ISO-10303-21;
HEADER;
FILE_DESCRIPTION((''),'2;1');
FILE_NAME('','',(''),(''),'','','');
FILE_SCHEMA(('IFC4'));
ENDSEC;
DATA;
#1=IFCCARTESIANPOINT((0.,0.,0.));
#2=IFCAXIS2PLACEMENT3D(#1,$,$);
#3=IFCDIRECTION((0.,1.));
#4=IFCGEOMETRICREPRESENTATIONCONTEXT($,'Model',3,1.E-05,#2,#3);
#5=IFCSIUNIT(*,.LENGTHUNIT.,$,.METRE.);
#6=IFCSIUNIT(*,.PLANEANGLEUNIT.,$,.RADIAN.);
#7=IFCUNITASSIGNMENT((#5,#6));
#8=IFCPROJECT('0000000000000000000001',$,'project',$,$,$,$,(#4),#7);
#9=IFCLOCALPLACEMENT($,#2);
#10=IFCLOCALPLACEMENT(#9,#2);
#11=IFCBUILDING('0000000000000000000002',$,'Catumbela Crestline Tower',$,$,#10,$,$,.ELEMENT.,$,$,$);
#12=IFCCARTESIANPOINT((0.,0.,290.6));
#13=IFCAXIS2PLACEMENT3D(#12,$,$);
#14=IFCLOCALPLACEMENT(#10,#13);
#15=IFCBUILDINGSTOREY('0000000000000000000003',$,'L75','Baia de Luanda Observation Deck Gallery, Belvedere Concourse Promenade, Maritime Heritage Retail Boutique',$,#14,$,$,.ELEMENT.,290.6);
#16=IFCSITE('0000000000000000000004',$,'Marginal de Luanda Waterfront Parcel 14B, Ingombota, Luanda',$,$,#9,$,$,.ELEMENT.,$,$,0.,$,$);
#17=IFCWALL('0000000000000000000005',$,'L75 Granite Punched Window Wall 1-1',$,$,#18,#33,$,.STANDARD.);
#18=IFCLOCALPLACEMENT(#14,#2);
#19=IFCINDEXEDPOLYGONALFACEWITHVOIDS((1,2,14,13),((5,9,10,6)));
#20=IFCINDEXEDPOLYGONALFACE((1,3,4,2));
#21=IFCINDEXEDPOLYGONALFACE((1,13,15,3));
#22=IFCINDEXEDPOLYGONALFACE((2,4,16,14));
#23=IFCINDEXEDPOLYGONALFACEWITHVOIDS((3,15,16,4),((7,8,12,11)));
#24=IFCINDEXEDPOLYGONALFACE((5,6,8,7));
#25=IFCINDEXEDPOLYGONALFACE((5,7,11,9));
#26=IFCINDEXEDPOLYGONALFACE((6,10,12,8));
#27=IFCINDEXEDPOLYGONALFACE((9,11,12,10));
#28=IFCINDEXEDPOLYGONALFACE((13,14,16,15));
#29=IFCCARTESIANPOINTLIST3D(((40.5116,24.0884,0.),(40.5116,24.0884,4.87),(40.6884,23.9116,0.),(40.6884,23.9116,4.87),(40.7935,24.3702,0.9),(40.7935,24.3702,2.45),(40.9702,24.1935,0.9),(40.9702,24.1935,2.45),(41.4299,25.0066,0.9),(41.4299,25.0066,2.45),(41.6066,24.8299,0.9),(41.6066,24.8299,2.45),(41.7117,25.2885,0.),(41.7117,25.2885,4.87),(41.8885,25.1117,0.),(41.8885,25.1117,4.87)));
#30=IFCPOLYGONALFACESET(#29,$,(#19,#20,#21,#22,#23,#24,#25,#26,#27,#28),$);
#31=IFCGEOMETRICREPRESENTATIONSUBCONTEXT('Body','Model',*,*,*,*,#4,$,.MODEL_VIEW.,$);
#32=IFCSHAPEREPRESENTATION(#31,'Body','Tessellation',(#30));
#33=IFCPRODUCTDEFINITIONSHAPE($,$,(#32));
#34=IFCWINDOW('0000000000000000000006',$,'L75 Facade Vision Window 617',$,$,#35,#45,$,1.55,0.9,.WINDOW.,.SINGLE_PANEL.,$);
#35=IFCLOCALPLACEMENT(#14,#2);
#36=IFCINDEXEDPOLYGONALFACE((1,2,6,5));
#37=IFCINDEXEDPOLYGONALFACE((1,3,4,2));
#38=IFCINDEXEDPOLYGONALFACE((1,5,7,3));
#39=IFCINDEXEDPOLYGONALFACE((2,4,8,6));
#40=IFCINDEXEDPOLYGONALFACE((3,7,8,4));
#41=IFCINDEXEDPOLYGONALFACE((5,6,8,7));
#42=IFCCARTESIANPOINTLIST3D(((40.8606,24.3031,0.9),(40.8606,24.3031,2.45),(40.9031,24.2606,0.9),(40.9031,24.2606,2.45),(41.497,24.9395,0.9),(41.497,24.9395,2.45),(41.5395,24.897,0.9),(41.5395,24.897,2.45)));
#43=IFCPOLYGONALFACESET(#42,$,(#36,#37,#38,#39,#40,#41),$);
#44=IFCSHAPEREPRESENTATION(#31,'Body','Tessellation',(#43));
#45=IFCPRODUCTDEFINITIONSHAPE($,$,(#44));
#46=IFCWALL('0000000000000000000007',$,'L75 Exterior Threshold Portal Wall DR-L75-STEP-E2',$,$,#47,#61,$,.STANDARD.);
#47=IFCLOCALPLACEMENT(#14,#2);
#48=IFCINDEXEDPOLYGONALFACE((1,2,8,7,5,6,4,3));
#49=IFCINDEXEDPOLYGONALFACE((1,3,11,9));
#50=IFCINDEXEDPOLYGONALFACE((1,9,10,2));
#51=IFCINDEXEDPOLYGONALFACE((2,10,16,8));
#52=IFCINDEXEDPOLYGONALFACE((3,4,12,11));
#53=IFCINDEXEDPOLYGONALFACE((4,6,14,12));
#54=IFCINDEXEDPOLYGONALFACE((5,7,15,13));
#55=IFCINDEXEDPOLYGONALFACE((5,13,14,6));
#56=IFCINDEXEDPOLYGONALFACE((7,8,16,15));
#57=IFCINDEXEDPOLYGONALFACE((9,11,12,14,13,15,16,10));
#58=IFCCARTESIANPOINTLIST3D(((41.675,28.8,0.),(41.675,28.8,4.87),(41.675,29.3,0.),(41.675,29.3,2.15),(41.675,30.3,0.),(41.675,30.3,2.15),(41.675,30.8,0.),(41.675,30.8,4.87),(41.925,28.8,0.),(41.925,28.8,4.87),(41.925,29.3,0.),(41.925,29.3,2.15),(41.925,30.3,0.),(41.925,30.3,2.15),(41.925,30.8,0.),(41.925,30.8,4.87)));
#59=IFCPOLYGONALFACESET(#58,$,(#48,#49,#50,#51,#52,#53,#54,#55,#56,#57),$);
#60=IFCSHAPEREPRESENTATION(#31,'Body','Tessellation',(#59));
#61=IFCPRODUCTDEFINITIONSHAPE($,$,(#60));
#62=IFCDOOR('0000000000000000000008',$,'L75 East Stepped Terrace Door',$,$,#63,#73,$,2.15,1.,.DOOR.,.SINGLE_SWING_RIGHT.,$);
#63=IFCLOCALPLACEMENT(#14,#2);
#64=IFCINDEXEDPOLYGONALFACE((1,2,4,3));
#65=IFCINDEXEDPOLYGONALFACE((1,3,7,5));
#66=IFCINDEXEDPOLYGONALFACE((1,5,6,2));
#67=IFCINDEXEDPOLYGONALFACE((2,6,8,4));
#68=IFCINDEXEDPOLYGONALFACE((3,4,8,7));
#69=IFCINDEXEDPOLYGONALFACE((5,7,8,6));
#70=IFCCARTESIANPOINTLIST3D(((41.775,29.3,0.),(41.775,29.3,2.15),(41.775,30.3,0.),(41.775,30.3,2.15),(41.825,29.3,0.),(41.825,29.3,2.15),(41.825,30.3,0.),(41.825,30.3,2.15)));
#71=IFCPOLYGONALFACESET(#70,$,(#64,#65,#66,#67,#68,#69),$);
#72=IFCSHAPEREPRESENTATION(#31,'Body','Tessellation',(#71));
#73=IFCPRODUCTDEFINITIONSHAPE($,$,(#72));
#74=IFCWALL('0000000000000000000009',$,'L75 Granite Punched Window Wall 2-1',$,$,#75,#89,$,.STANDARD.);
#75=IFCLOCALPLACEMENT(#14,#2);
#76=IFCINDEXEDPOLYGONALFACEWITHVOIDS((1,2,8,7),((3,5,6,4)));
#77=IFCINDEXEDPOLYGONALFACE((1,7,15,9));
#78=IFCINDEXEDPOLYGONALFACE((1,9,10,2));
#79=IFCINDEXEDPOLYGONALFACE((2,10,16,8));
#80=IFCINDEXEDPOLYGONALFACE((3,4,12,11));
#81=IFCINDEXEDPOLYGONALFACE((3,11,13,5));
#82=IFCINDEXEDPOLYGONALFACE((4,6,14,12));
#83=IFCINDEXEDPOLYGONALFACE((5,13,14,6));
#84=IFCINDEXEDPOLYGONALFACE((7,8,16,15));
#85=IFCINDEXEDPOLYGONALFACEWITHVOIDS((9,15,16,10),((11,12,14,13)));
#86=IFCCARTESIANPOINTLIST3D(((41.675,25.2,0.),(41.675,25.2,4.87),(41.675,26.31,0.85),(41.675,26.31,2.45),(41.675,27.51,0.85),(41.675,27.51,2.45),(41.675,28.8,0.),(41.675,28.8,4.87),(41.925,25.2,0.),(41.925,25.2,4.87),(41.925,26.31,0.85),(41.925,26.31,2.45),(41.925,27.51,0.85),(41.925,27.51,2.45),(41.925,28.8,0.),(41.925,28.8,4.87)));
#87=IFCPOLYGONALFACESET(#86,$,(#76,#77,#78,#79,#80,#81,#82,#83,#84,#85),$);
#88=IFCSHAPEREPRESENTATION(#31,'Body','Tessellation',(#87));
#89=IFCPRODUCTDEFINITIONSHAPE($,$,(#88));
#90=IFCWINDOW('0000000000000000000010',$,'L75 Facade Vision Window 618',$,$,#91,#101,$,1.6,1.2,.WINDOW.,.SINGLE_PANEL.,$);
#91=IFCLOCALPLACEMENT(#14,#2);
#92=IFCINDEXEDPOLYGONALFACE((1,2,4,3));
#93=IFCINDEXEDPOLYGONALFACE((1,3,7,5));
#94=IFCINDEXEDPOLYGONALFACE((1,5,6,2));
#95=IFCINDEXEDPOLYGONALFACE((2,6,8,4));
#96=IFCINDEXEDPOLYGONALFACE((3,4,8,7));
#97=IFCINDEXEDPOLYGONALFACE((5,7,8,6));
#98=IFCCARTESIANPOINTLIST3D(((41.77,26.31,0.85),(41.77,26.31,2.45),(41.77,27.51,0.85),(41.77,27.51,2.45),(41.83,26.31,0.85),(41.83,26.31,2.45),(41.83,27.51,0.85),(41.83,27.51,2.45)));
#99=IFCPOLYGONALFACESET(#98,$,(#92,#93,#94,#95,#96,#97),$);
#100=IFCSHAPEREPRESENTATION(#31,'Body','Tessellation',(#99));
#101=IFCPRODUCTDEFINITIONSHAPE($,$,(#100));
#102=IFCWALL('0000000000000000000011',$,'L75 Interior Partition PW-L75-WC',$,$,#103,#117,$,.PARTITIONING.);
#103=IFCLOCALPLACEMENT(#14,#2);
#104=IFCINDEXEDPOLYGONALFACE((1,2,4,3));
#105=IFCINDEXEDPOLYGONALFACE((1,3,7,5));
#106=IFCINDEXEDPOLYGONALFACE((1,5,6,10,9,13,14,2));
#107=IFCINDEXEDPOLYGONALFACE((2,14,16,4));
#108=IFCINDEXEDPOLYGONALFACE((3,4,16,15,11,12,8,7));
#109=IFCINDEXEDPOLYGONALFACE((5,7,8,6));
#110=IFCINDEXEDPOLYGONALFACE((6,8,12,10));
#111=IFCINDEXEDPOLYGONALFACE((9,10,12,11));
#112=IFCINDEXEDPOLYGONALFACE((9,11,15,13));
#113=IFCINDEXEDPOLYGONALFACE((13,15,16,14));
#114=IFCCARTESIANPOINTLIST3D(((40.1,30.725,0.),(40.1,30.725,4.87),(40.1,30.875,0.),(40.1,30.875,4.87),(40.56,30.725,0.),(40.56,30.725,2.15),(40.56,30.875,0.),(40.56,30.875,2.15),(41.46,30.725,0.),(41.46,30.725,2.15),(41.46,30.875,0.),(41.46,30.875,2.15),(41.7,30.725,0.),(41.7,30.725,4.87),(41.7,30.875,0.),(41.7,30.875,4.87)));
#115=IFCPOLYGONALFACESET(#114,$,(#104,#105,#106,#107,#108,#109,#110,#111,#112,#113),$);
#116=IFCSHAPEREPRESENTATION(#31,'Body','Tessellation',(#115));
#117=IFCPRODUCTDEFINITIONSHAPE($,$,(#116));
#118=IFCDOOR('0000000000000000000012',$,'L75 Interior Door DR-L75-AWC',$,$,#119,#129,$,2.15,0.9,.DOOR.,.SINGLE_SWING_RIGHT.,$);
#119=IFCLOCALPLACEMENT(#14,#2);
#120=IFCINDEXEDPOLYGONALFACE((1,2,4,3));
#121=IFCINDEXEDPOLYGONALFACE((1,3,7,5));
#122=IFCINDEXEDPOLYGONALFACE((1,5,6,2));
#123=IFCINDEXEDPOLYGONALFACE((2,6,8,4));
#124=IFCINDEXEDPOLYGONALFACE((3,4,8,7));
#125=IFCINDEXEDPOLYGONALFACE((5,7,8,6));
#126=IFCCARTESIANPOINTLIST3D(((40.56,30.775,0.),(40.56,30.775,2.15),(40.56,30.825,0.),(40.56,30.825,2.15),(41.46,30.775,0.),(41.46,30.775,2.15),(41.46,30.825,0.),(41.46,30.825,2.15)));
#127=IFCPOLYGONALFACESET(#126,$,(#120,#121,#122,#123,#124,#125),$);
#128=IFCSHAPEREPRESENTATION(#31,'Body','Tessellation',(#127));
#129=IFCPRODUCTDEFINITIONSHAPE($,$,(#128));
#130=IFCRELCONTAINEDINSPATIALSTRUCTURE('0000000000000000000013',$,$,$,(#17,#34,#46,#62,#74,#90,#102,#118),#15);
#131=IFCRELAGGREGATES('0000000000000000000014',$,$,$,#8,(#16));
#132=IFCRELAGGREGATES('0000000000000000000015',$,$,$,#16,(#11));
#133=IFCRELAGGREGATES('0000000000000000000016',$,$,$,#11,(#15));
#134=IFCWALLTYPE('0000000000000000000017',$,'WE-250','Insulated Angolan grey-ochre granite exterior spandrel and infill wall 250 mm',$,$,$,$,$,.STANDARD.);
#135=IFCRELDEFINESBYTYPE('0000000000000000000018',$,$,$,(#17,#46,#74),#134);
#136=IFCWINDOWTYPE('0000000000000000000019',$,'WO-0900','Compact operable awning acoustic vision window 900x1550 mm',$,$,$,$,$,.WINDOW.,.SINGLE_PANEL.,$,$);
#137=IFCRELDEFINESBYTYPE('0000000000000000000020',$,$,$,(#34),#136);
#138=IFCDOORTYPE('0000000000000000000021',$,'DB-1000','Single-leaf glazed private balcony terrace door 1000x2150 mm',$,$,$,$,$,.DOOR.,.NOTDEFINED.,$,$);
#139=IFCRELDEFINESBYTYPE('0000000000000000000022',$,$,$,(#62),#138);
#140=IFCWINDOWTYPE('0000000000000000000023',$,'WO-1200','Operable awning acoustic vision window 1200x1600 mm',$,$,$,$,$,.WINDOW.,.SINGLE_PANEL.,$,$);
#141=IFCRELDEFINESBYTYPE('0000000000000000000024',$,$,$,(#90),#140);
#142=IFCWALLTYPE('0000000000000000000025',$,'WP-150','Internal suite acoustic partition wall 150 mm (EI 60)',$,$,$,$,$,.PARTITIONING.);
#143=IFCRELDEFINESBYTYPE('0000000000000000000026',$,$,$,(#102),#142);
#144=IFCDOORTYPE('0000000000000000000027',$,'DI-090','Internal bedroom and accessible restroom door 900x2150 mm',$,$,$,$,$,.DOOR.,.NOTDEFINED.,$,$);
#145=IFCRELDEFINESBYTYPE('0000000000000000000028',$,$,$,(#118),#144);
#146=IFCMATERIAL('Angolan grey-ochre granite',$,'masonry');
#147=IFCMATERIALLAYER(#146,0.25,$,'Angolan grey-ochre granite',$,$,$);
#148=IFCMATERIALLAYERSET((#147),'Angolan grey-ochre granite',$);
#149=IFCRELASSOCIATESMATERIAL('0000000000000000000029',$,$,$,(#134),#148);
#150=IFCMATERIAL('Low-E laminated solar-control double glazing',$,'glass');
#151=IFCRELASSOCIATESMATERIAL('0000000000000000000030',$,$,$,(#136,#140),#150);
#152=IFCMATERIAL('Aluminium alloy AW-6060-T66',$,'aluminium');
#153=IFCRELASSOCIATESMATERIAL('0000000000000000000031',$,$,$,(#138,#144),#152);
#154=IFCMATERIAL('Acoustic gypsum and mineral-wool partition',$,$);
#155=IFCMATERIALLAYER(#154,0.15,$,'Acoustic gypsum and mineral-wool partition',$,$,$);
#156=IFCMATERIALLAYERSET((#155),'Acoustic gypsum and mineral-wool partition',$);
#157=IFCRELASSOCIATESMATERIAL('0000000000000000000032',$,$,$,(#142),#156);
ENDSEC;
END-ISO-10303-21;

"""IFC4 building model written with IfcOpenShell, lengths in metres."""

from ifc_helpers import new_model, si_unit, direction, frame, frame_2d, origin, place, context, subcontext, project, spatial, rectangle, extrude, material, layer, layer_set, type_object, element, fill, save


model = new_model("IFC4")

# Units and contexts
model_context = context("Model", 3, precision=1e-05, world=origin(), true_north=direction((0.0, 1.0)))
body_context = subcontext(model_context, "Body", "Model", "MODEL_VIEW")
ifc_project = project(units=[si_unit("LENGTHUNIT", "METRE"), si_unit("PLANEANGLEUNIT", "RADIAN")], contexts=[model_context])

# Site, building, storey
site_placement = place(None, origin())
site = spatial("IfcSite", under=ifc_project, at=site_placement, Name="Marginal de Luanda Waterfront Parcel 14B, Ingombota, Luanda", CompositionType="ELEMENT", RefElevation=0.0)
building_placement = place(site_placement, origin())
building = spatial("IfcBuilding", under=site, at=building_placement, Name="Catumbela Crestline Tower", CompositionType="ELEMENT")
storey_placement = place(building_placement, frame((0.0, 0.0, 290.6)))
storey = spatial("IfcBuildingStorey", under=building, at=storey_placement, Name="L75", Description="Baia de Luanda Observation Deck Gallery, Belvedere Concourse Promenade, Maritime Heritage Retail Boutique", CompositionType="ELEMENT", Elevation=290.6)

# Shared definitions
ifc_material_1 = material(Name="Aluminium alloy AW-6060-T66", Category="aluminium")

# Shared definitions
ifc_material_2 = material(Name="Low-E laminated solar-control double glazing", Category="glass")

# Shared definitions
ifc_material_3 = material(Name="Angolan grey-ochre granite", Category="masonry")
ifc_layer_1 = layer(ifc_material_3, 0.25, Name="Angolan grey-ochre granite")
ifc_layer_set_1 = layer_set([ifc_layer_1], Name="Angolan grey-ochre granite")
wall_type_1 = type_object("IfcWallType", Name="WE-250", Description="Insulated Angolan grey-ochre granite exterior spandrel and infill wall 250 mm", PredefinedType="STANDARD", material=ifc_layer_set_1)

# Wall, opening, window
wall_1_placement = place(storey_placement, frame((40.6, 24.0, 0.0), z_axis=(0.0, 0.0, 1.0), x_axis=(0.707107, 0.707107, 0.0)))
wall_1 = element("IfcWall", 1, at=wall_1_placement, inside=storey, type_object=wall_type_1, Name="L75 Granite Punched Window Wall 1-1", PredefinedType="STANDARD", context=body_context, shape_type="SweptSolid", body=[
    extrude(rectangle(XDim=1.6971, YDim=0.25, at=frame_2d((0.8486, 0.0))), origin(), (0.0, 0.0, 1.0), 4.87),
])
opening_1_placement = place(wall_1_placement, frame((0.3986, 0.0, 0.9)))
opening_1 = element("IfcOpeningElement", 2, at=opening_1_placement, cuts=wall_1, PredefinedType="OPENING", context=body_context, shape_type="SweptSolid", body=[
    extrude(rectangle(XDim=0.9, YDim=1.55, at=frame_2d((0.45, 0.775))), frame((0.0, 0.135, 0.0), z_axis=(0.0, -1.0, 0.0), x_axis=(1.0, 0.0, 0.0)), (0.0, 0.0, 1.0), 0.27),
])
window_type_1 = type_object("IfcWindowType", Name="WO-0900", Description="Compact operable awning acoustic vision window 900x1550 mm", PartitioningType="SINGLE_PANEL", PredefinedType="WINDOW", material=ifc_material_2)
window_1_placement = place(opening_1_placement, origin())
window_1 = element("IfcWindow", 3, at=window_1_placement, inside=storey, type_object=window_type_1, Name="L75 Facade Vision Window 617", OverallHeight=1.55, OverallWidth=0.9, PartitioningType="SINGLE_PANEL", PredefinedType="WINDOW", context=body_context, shape_type="SweptSolid", body=[
    extrude(rectangle(XDim=0.9, YDim=1.55, at=frame_2d((0.45, 0.775))), frame((0.0, 0.03, 0.0), z_axis=(0.0, -1.0, 0.0), x_axis=(1.0, 0.0, 0.0)), (0.0, 0.0, 1.0), 0.06),
])
fill(opening_1, window_1)

# Wall, opening, door
wall_2_placement = place(storey_placement, frame((41.8, 28.8, 0.0), z_axis=(0.0, 0.0, 1.0), x_axis=(0.0, 1.0, 0.0)))
wall_2 = element("IfcWall", 4, at=wall_2_placement, inside=storey, type_object=wall_type_1, Name="L75 Exterior Threshold Portal Wall DR-L75-STEP-E2", PredefinedType="STANDARD", context=body_context, shape_type="SweptSolid", body=[
    extrude(rectangle(XDim=2.0, YDim=0.25, at=frame_2d((1.0, 0.0))), origin(), (0.0, 0.0, 1.0), 4.87),
])
opening_2_placement = place(wall_2_placement, frame((0.5, 0.0, 0.0)))
opening_2 = element("IfcOpeningElement", 5, at=opening_2_placement, cuts=wall_2, PredefinedType="OPENING", context=body_context, shape_type="SweptSolid", body=[
    extrude(rectangle(XDim=1.0, YDim=2.15, at=frame_2d((0.5, 1.075))), frame((0.0, 0.135, 0.0), z_axis=(0.0, -1.0, 0.0), x_axis=(1.0, 0.0, 0.0)), (0.0, 0.0, 1.0), 0.27),
])
door_type_1 = type_object("IfcDoorType", Name="DB-1000", Description="Single-leaf glazed private balcony terrace door 1000x2150 mm", OperationType="NOTDEFINED", PredefinedType="DOOR", material=ifc_material_1)
door_1_placement = place(opening_2_placement, origin())
door_1 = element("IfcDoor", 6, at=door_1_placement, inside=storey, type_object=door_type_1, Name="L75 East Stepped Terrace Door", OperationType="SINGLE_SWING_RIGHT", OverallHeight=2.15, OverallWidth=1.0, PredefinedType="DOOR", context=body_context, shape_type="SweptSolid", body=[
    extrude(rectangle(XDim=1.0, YDim=2.15, at=frame_2d((0.5, 1.075))), frame((0.0, 0.025, 0.0), z_axis=(0.0, -1.0, 0.0), x_axis=(1.0, 0.0, 0.0)), (0.0, 0.0, 1.0), 0.05),
])
fill(opening_2, door_1)

# Wall, opening, window
wall_3_placement = place(storey_placement, frame((41.8, 25.2, 0.0), z_axis=(0.0, 0.0, 1.0), x_axis=(0.0, 1.0, 0.0)))
wall_3 = element("IfcWall", 7, at=wall_3_placement, inside=storey, type_object=wall_type_1, Name="L75 Granite Punched Window Wall 2-1", PredefinedType="STANDARD", context=body_context, shape_type="SweptSolid", body=[
    extrude(rectangle(XDim=3.6, YDim=0.25, at=frame_2d((1.8, 0.0))), origin(), (0.0, 0.0, 1.0), 4.87),
])
opening_3_placement = place(wall_3_placement, frame((1.11, 0.0, 0.85)))
opening_3 = element("IfcOpeningElement", 8, at=opening_3_placement, cuts=wall_3, PredefinedType="OPENING", context=body_context, shape_type="SweptSolid", body=[
    extrude(rectangle(XDim=1.2, YDim=1.6, at=frame_2d((0.6, 0.8))), frame((0.0, 0.135, 0.0), z_axis=(0.0, -1.0, 0.0), x_axis=(1.0, 0.0, 0.0)), (0.0, 0.0, 1.0), 0.27),
])
window_type_2 = type_object("IfcWindowType", Name="WO-1200", Description="Operable awning acoustic vision window 1200x1600 mm", PartitioningType="SINGLE_PANEL", PredefinedType="WINDOW", material=ifc_material_2)
window_2_placement = place(opening_3_placement, origin())
window_2 = element("IfcWindow", 9, at=window_2_placement, inside=storey, type_object=window_type_2, Name="L75 Facade Vision Window 618", OverallHeight=1.6, OverallWidth=1.2, PartitioningType="SINGLE_PANEL", PredefinedType="WINDOW", context=body_context, shape_type="SweptSolid", body=[
    extrude(rectangle(XDim=1.2, YDim=1.6, at=frame_2d((0.6, 0.8))), frame((0.0, 0.03, 0.0), z_axis=(0.0, -1.0, 0.0), x_axis=(1.0, 0.0, 0.0)), (0.0, 0.0, 1.0), 0.06),
])
fill(opening_3, window_2)

# Wall, opening, door
ifc_material_4 = material(Name="Acoustic gypsum and mineral-wool partition")
ifc_layer_2 = layer(ifc_material_4, 0.15, Name="Acoustic gypsum and mineral-wool partition")
ifc_layer_set_2 = layer_set([ifc_layer_2], Name="Acoustic gypsum and mineral-wool partition")
wall_type_2 = type_object("IfcWallType", Name="WP-150", Description="Internal suite acoustic partition wall 150 mm (EI 60)", PredefinedType="PARTITIONING", material=ifc_layer_set_2)
wall_4_placement = place(storey_placement, frame((40.1, 30.8, 0.0), z_axis=(0.0, 0.0, 1.0), x_axis=(1.0, 0.0, 0.0)))
wall_4 = element("IfcWall", 10, at=wall_4_placement, inside=storey, type_object=wall_type_2, Name="L75 Interior Partition PW-L75-WC", PredefinedType="PARTITIONING", context=body_context, shape_type="SweptSolid", body=[
    extrude(rectangle(XDim=1.6, YDim=0.15, at=frame_2d((0.8, 0.0))), origin(), (0.0, 0.0, 1.0), 4.87),
])
opening_4_placement = place(wall_4_placement, frame((0.46, 0.0, 0.0)))
opening_4 = element("IfcOpeningElement", 11, at=opening_4_placement, cuts=wall_4, PredefinedType="OPENING", context=body_context, shape_type="SweptSolid", body=[
    extrude(rectangle(XDim=0.9, YDim=2.15, at=frame_2d((0.45, 1.075))), frame((0.0, 0.085, 0.0), z_axis=(0.0, -1.0, 0.0), x_axis=(1.0, 0.0, 0.0)), (0.0, 0.0, 1.0), 0.17),
])
door_type_2 = type_object("IfcDoorType", Name="DI-090", Description="Internal bedroom and accessible restroom door 900x2150 mm", OperationType="NOTDEFINED", PredefinedType="DOOR", material=ifc_material_1)
door_2_placement = place(opening_4_placement, origin())
door_2 = element("IfcDoor", 12, at=door_2_placement, inside=storey, type_object=door_type_2, Name="L75 Interior Door DR-L75-AWC", OperationType="SINGLE_SWING_RIGHT", OverallHeight=2.15, OverallWidth=0.9, PredefinedType="DOOR", context=body_context, shape_type="SweptSolid", body=[
    extrude(rectangle(XDim=0.9, YDim=2.15, at=frame_2d((0.45, 1.075))), frame((0.0, 0.025, 0.0), z_axis=(0.0, -1.0, 0.0), x_axis=(1.0, 0.0, 0.0)), (0.0, 0.0, 1.0), 0.05),
])
fill(opening_4, door_2)

save(model, "model.ifc")
